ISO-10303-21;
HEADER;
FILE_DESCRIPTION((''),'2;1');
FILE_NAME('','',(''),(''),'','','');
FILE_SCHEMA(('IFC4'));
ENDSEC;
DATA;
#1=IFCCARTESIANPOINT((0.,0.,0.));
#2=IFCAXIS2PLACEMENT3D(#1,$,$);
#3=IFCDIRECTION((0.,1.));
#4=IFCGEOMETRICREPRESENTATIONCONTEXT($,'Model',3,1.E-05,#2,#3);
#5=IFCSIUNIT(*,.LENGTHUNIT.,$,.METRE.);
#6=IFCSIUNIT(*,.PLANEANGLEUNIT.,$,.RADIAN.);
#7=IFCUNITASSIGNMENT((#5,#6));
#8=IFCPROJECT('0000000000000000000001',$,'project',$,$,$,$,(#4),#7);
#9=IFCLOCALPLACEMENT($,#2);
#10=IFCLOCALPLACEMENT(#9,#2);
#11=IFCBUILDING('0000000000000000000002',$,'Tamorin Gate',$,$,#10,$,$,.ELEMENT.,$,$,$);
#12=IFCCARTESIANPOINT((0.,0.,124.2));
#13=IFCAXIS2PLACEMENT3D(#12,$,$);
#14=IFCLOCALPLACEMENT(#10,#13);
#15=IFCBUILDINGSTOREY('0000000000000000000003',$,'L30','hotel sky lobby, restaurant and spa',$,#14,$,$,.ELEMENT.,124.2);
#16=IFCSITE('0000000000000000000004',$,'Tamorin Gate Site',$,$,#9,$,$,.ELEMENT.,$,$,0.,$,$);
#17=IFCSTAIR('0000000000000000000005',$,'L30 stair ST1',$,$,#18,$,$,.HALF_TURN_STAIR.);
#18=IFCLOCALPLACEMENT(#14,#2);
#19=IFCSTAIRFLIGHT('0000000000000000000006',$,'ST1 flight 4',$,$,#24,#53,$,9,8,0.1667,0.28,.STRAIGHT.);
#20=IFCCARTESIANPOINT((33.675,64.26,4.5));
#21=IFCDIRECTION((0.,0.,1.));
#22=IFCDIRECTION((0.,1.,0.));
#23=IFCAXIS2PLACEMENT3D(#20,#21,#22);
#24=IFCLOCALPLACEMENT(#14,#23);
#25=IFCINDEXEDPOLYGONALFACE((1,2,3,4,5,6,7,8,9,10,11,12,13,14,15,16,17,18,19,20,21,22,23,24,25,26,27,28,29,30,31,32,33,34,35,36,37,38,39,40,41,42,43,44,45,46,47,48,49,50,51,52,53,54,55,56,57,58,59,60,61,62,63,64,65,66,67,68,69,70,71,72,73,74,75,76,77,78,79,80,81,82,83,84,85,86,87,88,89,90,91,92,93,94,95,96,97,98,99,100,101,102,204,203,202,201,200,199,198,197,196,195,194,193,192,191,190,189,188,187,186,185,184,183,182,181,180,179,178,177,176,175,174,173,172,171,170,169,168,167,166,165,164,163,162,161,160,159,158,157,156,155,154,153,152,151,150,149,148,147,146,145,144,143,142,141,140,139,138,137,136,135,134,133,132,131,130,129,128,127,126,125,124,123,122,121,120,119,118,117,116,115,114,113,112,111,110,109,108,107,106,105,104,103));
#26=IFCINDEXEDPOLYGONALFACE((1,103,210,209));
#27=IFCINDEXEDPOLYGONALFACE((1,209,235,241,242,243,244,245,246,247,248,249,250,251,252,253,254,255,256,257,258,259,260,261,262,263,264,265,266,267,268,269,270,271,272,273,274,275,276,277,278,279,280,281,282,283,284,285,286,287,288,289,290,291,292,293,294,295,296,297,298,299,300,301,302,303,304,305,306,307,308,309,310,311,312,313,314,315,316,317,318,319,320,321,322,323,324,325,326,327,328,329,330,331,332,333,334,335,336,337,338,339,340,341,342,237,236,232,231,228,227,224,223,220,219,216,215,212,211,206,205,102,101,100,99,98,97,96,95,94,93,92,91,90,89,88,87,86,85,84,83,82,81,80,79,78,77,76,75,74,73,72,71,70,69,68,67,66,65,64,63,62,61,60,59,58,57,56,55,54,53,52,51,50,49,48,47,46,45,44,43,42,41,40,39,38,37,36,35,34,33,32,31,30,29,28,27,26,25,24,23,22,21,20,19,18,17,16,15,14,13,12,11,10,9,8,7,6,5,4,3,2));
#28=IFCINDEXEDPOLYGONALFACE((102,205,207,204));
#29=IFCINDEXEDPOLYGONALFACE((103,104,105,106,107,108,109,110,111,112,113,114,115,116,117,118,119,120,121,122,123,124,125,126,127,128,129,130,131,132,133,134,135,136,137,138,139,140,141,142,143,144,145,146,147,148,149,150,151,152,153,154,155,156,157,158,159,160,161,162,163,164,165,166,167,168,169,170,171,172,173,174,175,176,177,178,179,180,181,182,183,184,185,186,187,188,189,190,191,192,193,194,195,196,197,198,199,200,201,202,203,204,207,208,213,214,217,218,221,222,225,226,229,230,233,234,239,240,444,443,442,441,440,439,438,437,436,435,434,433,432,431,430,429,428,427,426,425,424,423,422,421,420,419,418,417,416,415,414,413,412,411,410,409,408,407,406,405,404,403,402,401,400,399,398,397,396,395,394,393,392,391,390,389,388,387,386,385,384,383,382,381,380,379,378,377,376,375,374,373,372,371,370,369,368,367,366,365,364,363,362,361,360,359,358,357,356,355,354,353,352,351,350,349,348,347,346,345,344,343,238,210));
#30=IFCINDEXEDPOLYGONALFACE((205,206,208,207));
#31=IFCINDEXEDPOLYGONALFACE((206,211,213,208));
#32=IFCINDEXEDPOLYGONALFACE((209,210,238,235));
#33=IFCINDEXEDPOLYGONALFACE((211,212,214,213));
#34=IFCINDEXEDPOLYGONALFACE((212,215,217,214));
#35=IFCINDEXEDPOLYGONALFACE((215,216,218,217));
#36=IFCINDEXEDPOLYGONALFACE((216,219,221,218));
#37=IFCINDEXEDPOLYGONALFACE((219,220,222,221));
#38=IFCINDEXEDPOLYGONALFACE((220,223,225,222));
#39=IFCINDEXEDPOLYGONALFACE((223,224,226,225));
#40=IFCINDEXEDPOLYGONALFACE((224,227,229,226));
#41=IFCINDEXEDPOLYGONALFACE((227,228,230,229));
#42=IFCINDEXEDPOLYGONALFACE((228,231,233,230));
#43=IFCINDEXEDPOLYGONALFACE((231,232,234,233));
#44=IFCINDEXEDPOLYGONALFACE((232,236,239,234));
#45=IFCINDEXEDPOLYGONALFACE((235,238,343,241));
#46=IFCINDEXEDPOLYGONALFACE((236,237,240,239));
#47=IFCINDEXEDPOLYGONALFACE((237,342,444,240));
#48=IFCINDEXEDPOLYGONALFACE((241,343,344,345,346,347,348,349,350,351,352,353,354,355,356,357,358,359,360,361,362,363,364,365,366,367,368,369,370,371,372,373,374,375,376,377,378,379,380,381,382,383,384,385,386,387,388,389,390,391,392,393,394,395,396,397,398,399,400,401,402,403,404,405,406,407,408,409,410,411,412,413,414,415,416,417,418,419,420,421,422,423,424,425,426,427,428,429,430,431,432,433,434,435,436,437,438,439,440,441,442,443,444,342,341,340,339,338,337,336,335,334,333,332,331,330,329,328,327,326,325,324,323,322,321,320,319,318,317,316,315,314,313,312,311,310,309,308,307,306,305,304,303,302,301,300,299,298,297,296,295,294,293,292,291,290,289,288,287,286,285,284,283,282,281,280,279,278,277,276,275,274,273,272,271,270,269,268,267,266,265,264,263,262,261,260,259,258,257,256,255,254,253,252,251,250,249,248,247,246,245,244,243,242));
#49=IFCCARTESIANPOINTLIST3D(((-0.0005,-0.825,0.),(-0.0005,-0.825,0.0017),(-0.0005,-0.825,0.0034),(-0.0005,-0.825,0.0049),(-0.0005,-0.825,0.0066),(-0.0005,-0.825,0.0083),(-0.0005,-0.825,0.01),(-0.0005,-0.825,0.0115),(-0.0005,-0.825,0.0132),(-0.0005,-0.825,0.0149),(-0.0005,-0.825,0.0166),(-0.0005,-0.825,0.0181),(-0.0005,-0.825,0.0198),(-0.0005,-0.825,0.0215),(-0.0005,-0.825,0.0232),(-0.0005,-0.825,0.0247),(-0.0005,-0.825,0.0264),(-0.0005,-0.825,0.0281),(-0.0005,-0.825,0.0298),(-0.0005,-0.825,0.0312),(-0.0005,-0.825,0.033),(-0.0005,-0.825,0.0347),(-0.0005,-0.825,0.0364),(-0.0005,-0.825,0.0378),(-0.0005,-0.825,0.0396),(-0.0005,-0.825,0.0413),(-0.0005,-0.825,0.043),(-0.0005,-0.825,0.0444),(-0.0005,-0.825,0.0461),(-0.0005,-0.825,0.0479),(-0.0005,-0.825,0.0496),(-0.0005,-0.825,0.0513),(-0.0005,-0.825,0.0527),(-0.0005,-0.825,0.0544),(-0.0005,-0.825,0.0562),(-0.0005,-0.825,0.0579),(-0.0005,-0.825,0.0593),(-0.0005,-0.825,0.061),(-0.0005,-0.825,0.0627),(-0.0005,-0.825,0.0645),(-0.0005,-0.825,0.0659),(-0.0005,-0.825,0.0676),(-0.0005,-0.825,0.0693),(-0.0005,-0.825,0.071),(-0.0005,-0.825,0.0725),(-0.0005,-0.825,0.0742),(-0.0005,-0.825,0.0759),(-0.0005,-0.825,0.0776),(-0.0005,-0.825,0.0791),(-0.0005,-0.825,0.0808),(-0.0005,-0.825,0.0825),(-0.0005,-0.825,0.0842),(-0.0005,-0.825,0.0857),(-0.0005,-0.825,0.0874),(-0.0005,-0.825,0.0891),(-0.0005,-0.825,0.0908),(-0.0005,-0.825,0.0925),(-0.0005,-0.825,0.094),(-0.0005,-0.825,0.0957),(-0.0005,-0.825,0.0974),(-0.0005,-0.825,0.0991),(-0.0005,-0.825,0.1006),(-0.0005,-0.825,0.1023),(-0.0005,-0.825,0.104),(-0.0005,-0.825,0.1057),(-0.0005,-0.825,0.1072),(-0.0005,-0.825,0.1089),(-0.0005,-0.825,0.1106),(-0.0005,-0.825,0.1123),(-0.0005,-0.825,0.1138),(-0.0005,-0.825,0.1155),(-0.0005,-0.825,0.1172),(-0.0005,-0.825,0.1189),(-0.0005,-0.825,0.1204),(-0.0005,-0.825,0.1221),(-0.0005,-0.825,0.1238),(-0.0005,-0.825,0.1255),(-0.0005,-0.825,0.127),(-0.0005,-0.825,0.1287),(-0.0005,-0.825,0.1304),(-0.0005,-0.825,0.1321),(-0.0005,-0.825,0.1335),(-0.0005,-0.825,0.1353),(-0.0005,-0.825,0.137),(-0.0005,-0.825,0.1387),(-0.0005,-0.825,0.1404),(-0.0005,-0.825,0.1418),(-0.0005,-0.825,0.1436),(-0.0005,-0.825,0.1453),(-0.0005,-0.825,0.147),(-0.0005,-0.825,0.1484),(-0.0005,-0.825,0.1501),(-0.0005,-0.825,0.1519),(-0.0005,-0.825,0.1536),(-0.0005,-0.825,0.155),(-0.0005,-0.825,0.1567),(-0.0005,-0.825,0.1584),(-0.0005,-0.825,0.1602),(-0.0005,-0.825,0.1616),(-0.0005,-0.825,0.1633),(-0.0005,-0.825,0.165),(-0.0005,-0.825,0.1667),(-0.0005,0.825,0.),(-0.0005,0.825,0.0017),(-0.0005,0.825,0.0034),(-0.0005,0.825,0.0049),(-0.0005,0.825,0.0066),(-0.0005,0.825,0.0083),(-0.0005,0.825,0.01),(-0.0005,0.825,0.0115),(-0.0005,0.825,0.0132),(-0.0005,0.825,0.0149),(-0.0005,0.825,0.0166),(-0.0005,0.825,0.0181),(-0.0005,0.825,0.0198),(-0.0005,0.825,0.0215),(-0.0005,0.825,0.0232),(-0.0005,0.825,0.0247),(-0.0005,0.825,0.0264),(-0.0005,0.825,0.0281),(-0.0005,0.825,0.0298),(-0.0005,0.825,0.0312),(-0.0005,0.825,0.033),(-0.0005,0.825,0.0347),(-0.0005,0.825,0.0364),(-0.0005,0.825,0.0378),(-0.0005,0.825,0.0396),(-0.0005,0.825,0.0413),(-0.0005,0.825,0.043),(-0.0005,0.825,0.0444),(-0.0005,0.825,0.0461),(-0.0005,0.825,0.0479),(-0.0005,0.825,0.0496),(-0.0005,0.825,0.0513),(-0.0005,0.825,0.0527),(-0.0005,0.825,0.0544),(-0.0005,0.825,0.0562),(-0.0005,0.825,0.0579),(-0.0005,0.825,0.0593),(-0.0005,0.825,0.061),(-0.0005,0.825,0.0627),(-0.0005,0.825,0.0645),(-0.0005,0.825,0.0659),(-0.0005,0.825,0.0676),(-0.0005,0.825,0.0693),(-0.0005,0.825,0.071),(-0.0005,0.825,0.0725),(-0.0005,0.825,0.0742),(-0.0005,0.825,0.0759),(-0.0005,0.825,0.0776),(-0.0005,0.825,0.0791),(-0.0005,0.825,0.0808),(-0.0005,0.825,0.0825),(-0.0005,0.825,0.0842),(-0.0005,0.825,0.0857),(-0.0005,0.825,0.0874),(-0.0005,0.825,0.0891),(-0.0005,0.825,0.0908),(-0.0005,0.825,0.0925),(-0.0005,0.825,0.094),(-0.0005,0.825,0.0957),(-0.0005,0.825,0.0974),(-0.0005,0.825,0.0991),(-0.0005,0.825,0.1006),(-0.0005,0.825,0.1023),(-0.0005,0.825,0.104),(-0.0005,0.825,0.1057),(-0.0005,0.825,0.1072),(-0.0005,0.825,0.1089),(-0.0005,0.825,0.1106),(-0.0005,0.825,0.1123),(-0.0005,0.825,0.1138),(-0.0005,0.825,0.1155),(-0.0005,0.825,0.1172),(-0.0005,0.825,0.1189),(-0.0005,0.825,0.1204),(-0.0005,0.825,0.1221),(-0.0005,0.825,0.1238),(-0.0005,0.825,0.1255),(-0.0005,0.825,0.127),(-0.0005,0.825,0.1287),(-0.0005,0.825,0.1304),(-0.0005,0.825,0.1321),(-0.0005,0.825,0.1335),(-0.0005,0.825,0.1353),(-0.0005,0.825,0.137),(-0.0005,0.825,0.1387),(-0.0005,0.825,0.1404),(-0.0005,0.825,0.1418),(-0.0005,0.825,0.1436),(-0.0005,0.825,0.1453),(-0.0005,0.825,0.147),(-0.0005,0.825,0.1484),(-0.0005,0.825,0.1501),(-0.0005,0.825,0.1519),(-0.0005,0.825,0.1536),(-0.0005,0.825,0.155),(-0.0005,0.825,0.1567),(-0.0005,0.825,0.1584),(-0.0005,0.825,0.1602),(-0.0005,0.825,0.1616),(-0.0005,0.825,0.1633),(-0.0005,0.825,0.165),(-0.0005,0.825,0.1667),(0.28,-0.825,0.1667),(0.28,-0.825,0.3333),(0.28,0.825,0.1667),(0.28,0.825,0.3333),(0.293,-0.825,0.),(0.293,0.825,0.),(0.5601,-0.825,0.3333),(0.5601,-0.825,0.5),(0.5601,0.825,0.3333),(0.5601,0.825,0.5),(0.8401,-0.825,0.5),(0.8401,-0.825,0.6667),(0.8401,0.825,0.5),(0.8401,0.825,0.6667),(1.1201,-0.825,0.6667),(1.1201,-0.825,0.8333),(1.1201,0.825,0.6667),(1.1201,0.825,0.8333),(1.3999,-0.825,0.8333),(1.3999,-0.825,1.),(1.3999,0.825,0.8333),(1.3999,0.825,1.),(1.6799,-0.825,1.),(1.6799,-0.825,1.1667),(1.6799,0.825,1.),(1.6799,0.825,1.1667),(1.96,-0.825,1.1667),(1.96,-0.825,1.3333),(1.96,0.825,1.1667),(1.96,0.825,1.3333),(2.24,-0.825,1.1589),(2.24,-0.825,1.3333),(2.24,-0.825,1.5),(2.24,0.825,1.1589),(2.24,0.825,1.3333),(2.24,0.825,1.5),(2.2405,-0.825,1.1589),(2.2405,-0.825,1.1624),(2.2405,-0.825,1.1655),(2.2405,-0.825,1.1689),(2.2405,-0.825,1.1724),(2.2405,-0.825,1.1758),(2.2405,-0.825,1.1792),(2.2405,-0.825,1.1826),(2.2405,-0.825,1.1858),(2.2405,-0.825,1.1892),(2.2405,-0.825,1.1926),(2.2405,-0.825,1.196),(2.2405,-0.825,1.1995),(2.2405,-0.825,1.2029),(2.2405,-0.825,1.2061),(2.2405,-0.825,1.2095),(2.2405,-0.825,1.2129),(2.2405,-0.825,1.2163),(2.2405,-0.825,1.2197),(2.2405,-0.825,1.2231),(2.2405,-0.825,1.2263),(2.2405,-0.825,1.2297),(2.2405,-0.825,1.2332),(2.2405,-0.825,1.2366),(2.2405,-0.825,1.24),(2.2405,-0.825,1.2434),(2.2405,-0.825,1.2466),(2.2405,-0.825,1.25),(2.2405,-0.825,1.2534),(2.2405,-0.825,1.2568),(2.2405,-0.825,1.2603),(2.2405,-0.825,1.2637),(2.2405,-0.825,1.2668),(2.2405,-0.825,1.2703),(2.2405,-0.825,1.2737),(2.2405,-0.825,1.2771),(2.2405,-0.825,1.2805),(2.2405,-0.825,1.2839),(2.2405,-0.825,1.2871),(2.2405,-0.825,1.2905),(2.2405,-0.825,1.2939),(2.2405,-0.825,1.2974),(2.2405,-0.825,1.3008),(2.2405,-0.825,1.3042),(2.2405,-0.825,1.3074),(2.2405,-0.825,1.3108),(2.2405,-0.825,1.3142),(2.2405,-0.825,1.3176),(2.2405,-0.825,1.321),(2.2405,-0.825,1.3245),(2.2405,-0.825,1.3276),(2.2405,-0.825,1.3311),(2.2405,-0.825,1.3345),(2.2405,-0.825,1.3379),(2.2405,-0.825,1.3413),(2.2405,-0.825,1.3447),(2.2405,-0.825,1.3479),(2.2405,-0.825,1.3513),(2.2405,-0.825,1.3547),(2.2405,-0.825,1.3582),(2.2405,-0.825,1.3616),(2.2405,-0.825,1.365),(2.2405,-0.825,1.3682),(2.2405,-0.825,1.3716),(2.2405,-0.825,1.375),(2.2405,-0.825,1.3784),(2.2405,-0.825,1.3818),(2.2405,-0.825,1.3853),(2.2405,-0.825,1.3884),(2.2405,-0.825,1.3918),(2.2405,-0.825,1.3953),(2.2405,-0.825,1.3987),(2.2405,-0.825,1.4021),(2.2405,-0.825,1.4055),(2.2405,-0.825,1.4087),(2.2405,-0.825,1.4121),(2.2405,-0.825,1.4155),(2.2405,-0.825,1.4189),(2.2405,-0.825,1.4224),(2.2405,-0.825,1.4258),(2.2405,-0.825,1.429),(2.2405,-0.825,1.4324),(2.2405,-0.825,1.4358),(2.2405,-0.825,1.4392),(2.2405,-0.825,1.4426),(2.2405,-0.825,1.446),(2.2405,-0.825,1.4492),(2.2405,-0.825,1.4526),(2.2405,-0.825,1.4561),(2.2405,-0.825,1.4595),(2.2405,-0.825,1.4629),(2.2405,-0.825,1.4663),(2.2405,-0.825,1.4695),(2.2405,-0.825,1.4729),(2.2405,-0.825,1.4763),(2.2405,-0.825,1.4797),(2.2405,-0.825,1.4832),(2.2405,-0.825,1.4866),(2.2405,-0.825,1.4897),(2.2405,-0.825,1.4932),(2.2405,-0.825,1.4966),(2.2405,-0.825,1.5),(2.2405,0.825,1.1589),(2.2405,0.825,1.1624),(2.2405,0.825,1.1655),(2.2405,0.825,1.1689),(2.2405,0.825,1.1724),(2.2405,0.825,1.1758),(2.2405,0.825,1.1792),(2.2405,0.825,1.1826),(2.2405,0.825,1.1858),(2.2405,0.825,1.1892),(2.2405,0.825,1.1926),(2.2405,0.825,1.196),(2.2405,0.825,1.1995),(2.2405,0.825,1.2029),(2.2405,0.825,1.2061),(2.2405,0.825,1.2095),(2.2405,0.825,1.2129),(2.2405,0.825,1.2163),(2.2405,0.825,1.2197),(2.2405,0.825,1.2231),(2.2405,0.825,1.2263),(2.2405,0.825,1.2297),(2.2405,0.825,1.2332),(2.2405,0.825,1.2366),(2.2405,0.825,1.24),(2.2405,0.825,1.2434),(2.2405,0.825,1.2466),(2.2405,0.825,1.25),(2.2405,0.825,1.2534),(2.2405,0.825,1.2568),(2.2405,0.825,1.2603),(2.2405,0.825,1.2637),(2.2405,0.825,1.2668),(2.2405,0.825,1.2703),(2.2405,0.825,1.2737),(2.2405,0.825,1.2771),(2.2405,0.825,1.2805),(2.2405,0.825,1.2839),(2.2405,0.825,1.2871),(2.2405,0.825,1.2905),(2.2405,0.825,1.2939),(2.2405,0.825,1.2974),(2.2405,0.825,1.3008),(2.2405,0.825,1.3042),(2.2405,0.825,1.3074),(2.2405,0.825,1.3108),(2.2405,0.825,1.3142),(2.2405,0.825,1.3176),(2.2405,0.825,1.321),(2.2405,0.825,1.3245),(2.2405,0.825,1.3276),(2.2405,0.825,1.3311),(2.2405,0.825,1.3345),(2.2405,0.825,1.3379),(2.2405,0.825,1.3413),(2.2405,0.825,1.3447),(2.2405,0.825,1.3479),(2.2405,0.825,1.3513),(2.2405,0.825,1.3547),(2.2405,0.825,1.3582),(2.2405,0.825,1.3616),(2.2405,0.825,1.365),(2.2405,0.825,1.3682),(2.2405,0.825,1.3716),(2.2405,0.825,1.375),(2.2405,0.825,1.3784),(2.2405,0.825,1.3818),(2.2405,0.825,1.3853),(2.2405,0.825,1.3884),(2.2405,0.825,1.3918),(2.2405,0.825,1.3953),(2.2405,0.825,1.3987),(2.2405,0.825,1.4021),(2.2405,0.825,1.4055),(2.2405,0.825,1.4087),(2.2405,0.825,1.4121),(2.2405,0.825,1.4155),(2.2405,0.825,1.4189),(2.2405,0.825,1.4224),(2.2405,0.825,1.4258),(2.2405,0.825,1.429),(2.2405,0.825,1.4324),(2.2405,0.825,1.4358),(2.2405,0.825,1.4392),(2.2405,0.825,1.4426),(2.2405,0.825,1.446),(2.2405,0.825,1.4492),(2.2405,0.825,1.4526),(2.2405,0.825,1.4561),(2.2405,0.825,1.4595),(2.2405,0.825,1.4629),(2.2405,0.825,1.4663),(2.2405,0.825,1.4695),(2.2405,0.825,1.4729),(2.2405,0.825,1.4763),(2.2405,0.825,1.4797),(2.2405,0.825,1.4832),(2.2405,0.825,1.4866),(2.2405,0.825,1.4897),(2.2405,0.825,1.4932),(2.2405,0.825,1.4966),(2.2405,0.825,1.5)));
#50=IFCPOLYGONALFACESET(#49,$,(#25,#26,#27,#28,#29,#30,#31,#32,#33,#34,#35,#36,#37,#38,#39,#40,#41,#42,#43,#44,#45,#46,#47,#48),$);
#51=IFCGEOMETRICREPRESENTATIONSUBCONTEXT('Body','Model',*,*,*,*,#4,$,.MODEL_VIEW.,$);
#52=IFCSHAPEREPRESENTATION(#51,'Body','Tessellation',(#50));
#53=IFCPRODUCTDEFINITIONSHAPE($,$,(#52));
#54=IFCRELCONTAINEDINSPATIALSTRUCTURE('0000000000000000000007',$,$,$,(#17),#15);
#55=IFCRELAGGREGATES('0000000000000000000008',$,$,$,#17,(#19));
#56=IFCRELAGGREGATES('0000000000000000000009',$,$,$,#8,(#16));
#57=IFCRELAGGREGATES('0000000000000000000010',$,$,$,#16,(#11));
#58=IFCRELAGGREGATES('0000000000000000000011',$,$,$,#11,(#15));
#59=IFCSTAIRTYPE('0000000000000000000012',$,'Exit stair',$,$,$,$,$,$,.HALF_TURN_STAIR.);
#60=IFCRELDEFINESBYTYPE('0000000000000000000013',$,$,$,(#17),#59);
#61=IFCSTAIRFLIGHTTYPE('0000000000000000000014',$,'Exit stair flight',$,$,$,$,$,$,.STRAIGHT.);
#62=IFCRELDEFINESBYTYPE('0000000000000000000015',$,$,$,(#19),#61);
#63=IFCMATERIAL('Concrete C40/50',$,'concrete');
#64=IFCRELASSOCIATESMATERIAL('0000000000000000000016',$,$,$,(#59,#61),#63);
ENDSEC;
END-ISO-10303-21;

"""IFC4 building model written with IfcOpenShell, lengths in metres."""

from ifc_helpers import new_model, si_unit, direction, frame, origin, place, context, subcontext, project, spatial, polyline, outline, extrude, material, type_object, element, aggregate, save


model = new_model("IFC4")

# Units and contexts
model_context = context("Model", 3, precision=1e-05, world=origin(), true_north=direction((0.0, 1.0)))
body_context = subcontext(model_context, "Body", "Model", "MODEL_VIEW")
ifc_project = project(units=[si_unit("LENGTHUNIT", "METRE"), si_unit("PLANEANGLEUNIT", "RADIAN")], contexts=[model_context])

# Site, building, storey
site_placement = place(None, origin())
site = spatial("IfcSite", under=ifc_project, at=site_placement, Name="Tamorin Gate Site", CompositionType="ELEMENT", RefElevation=0.0)
building_placement = place(site_placement, origin())
building = spatial("IfcBuilding", under=site, at=building_placement, Name="Tamorin Gate", CompositionType="ELEMENT")
storey_placement = place(building_placement, frame((0.0, 0.0, 124.2)))
storey = spatial("IfcBuildingStorey", under=building, at=storey_placement, Name="L30", Description="hotel sky lobby, restaurant and spa", CompositionType="ELEMENT", Elevation=124.2)

# Shared definitions
ifc_material_1 = material(Name="Concrete C40/50", Category="concrete")

# Stair, stair flight
stair_type = type_object("IfcStairType", Name="Exit stair", PredefinedType="HALF_TURN_STAIR", material=ifc_material_1)
stair_1_placement = place(storey_placement, origin())
stair_1 = element("IfcStair", 1, at=stair_1_placement, inside=storey, type_object=stair_type, Name="L30 stair ST1", PredefinedType="HALF_TURN_STAIR")
stair_flight_type = type_object("IfcStairFlightType", Name="Exit stair flight", PredefinedType="STRAIGHT", material=ifc_material_1)
stair_flight_1_placement = place(storey_placement, frame((33.675, 64.26, 4.5), z_axis=(0.0, 0.0, 1.0), x_axis=(0.0, 1.0, 0.0)))
stair_flight_1 = element("IfcStairFlight", 2, at=stair_flight_1_placement, type_object=stair_flight_type, Name="ST1 flight 4", NumberOfRisers=9, NumberOfTreads=8, PredefinedType="STRAIGHT", RiserHeight=0.1667, TreadLength=0.28, context=body_context, shape_type="SweptSolid", body=[
    extrude(outline(polyline([(-0.0005, 0.0), (-0.0005, 0.0017), (-0.0005, 0.0034), (-0.0005, 0.0049), (-0.0005, 0.0066), (-0.0005, 0.0083), (-0.0005, 0.01), (-0.0005, 0.0115), (-0.0005, 0.0132), (-0.0005, 0.0149), (-0.0005, 0.0166), (-0.0005, 0.0181), (-0.0005, 0.0198), (-0.0005, 0.0215), (-0.0005, 0.0232), (-0.0005, 0.0247), (-0.0005, 0.0264), (-0.0005, 0.0281), (-0.0005, 0.0298), (-0.0005, 0.0312), (-0.0005, 0.033), (-0.0005, 0.0347), (-0.0005, 0.0364), (-0.0005, 0.0378), (-0.0005, 0.0396), (-0.0005, 0.0413), (-0.0005, 0.043), (-0.0005, 0.0444), (-0.0005, 0.0461), (-0.0005, 0.0479), (-0.0005, 0.0496), (-0.0005, 0.0513), (-0.0005, 0.0527), (-0.0005, 0.0544), (-0.0005, 0.0562), (-0.0005, 0.0579), (-0.0005, 0.0593), (-0.0005, 0.061), (-0.0005, 0.0627), (-0.0005, 0.0645), (-0.0005, 0.0659), (-0.0005, 0.0676), (-0.0005, 0.0693), (-0.0005, 0.071), (-0.0005, 0.0725), (-0.0005, 0.0742), (-0.0005, 0.0759), (-0.0005, 0.0776), (-0.0005, 0.0791), (-0.0005, 0.0808), (-0.0005, 0.0825), (-0.0005, 0.0842), (-0.0005, 0.0857), (-0.0005, 0.0874), (-0.0005, 0.0891), (-0.0005, 0.0908), (-0.0005, 0.0925), (-0.0005, 0.094), (-0.0005, 0.0957), (-0.0005, 0.0974), (-0.0005, 0.0991), (-0.0005, 0.1006), (-0.0005, 0.1023), (-0.0005, 0.104), (-0.0005, 0.1057), (-0.0005, 0.1072), (-0.0005, 0.1089), (-0.0005, 0.1106), (-0.0005, 0.1123), (-0.0005, 0.1138), (-0.0005, 0.1155), (-0.0005, 0.1172), (-0.0005, 0.1189), (-0.0005, 0.1204), (-0.0005, 0.1221), (-0.0005, 0.1238), (-0.0005, 0.1255), (-0.0005, 0.127), (-0.0005, 0.1287), (-0.0005, 0.1304), (-0.0005, 0.1321), (-0.0005, 0.1335), (-0.0005, 0.1353), (-0.0005, 0.137), (-0.0005, 0.1387), (-0.0005, 0.1404), (-0.0005, 0.1418), (-0.0005, 0.1436), (-0.0005, 0.1453), (-0.0005, 0.147), (-0.0005, 0.1484), (-0.0005, 0.1501), (-0.0005, 0.1519), (-0.0005, 0.1536), (-0.0005, 0.155), (-0.0005, 0.1567), (-0.0005, 0.1584), (-0.0005, 0.1602), (-0.0005, 0.1616), (-0.0005, 0.1633), (-0.0005, 0.165), (-0.0005, 0.1667), (0.28, 0.1667), (0.28, 0.3333), (0.5601, 0.3333), (0.5601, 0.5), (0.8401, 0.5), (0.8401, 0.6667), (1.1201, 0.6667), (1.1201, 0.8333), (1.3999, 0.8333), (1.3999, 1.0), (1.6799, 1.0), (1.6799, 1.1667), (1.96, 1.1667), (1.96, 1.3333), (2.24, 1.3333), (2.24, 1.5), (2.2405, 1.5), (2.2405, 1.4966), (2.2405, 1.4932), (2.2405, 1.4897), (2.2405, 1.4866), (2.2405, 1.4832), (2.2405, 1.4797), (2.2405, 1.4763), (2.2405, 1.4729), (2.2405, 1.4695), (2.2405, 1.4663), (2.2405, 1.4629), (2.2405, 1.4595), (2.2405, 1.4561), (2.2405, 1.4526), (2.2405, 1.4492), (2.2405, 1.446), (2.2405, 1.4426), (2.2405, 1.4392), (2.2405, 1.4358), (2.2405, 1.4324), (2.2405, 1.429), (2.2405, 1.4258), (2.2405, 1.4224), (2.2405, 1.4189), (2.2405, 1.4155), (2.2405, 1.4121), (2.2405, 1.4087), (2.2405, 1.4055), (2.2405, 1.4021), (2.2405, 1.3987), (2.2405, 1.3953), (2.2405, 1.3918), (2.2405, 1.3884), (2.2405, 1.3853), (2.2405, 1.3818), (2.2405, 1.3784), (2.2405, 1.375), (2.2405, 1.3716), (2.2405, 1.3682), (2.2405, 1.365), (2.2405, 1.3616), (2.2405, 1.3582), (2.2405, 1.3547), (2.2405, 1.3513), (2.2405, 1.3479), (2.2405, 1.3447), (2.2405, 1.3413), (2.2405, 1.3379), (2.2405, 1.3345), (2.2405, 1.3311), (2.2405, 1.3276), (2.2405, 1.3245), (2.2405, 1.321), (2.2405, 1.3176), (2.2405, 1.3142), (2.2405, 1.3108), (2.2405, 1.3074), (2.2405, 1.3042), (2.2405, 1.3008), (2.2405, 1.2974), (2.2405, 1.2939), (2.2405, 1.2905), (2.2405, 1.2871), (2.2405, 1.2839), (2.2405, 1.2805), (2.2405, 1.2771), (2.2405, 1.2737), (2.2405, 1.2703), (2.2405, 1.2668), (2.2405, 1.2637), (2.2405, 1.2603), (2.2405, 1.2568), (2.2405, 1.2534), (2.2405, 1.25), (2.2405, 1.2466), (2.2405, 1.2434), (2.2405, 1.24), (2.2405, 1.2366), (2.2405, 1.2332), (2.2405, 1.2297), (2.2405, 1.2263), (2.2405, 1.2231), (2.2405, 1.2197), (2.2405, 1.2163), (2.2405, 1.2129), (2.2405, 1.2095), (2.2405, 1.2061), (2.2405, 1.2029), (2.2405, 1.1995), (2.2405, 1.196), (2.2405, 1.1926), (2.2405, 1.1892), (2.2405, 1.1858), (2.2405, 1.1826), (2.2405, 1.1792), (2.2405, 1.1758), (2.2405, 1.1724), (2.2405, 1.1689), (2.2405, 1.1655), (2.2405, 1.1624), (2.2405, 1.1589), (2.24, 1.1589), (0.293, 0.0), (-0.0005, 0.0)])), frame((0.0, 0.825, 0.0), z_axis=(0.0, -1.0, 0.0), x_axis=(1.0, 0.0, 0.0)), (0.0, 0.0, 1.0), 1.6499),
])
aggregate(stair_1, [stair_flight_1])

save(model, "model.ifc")
